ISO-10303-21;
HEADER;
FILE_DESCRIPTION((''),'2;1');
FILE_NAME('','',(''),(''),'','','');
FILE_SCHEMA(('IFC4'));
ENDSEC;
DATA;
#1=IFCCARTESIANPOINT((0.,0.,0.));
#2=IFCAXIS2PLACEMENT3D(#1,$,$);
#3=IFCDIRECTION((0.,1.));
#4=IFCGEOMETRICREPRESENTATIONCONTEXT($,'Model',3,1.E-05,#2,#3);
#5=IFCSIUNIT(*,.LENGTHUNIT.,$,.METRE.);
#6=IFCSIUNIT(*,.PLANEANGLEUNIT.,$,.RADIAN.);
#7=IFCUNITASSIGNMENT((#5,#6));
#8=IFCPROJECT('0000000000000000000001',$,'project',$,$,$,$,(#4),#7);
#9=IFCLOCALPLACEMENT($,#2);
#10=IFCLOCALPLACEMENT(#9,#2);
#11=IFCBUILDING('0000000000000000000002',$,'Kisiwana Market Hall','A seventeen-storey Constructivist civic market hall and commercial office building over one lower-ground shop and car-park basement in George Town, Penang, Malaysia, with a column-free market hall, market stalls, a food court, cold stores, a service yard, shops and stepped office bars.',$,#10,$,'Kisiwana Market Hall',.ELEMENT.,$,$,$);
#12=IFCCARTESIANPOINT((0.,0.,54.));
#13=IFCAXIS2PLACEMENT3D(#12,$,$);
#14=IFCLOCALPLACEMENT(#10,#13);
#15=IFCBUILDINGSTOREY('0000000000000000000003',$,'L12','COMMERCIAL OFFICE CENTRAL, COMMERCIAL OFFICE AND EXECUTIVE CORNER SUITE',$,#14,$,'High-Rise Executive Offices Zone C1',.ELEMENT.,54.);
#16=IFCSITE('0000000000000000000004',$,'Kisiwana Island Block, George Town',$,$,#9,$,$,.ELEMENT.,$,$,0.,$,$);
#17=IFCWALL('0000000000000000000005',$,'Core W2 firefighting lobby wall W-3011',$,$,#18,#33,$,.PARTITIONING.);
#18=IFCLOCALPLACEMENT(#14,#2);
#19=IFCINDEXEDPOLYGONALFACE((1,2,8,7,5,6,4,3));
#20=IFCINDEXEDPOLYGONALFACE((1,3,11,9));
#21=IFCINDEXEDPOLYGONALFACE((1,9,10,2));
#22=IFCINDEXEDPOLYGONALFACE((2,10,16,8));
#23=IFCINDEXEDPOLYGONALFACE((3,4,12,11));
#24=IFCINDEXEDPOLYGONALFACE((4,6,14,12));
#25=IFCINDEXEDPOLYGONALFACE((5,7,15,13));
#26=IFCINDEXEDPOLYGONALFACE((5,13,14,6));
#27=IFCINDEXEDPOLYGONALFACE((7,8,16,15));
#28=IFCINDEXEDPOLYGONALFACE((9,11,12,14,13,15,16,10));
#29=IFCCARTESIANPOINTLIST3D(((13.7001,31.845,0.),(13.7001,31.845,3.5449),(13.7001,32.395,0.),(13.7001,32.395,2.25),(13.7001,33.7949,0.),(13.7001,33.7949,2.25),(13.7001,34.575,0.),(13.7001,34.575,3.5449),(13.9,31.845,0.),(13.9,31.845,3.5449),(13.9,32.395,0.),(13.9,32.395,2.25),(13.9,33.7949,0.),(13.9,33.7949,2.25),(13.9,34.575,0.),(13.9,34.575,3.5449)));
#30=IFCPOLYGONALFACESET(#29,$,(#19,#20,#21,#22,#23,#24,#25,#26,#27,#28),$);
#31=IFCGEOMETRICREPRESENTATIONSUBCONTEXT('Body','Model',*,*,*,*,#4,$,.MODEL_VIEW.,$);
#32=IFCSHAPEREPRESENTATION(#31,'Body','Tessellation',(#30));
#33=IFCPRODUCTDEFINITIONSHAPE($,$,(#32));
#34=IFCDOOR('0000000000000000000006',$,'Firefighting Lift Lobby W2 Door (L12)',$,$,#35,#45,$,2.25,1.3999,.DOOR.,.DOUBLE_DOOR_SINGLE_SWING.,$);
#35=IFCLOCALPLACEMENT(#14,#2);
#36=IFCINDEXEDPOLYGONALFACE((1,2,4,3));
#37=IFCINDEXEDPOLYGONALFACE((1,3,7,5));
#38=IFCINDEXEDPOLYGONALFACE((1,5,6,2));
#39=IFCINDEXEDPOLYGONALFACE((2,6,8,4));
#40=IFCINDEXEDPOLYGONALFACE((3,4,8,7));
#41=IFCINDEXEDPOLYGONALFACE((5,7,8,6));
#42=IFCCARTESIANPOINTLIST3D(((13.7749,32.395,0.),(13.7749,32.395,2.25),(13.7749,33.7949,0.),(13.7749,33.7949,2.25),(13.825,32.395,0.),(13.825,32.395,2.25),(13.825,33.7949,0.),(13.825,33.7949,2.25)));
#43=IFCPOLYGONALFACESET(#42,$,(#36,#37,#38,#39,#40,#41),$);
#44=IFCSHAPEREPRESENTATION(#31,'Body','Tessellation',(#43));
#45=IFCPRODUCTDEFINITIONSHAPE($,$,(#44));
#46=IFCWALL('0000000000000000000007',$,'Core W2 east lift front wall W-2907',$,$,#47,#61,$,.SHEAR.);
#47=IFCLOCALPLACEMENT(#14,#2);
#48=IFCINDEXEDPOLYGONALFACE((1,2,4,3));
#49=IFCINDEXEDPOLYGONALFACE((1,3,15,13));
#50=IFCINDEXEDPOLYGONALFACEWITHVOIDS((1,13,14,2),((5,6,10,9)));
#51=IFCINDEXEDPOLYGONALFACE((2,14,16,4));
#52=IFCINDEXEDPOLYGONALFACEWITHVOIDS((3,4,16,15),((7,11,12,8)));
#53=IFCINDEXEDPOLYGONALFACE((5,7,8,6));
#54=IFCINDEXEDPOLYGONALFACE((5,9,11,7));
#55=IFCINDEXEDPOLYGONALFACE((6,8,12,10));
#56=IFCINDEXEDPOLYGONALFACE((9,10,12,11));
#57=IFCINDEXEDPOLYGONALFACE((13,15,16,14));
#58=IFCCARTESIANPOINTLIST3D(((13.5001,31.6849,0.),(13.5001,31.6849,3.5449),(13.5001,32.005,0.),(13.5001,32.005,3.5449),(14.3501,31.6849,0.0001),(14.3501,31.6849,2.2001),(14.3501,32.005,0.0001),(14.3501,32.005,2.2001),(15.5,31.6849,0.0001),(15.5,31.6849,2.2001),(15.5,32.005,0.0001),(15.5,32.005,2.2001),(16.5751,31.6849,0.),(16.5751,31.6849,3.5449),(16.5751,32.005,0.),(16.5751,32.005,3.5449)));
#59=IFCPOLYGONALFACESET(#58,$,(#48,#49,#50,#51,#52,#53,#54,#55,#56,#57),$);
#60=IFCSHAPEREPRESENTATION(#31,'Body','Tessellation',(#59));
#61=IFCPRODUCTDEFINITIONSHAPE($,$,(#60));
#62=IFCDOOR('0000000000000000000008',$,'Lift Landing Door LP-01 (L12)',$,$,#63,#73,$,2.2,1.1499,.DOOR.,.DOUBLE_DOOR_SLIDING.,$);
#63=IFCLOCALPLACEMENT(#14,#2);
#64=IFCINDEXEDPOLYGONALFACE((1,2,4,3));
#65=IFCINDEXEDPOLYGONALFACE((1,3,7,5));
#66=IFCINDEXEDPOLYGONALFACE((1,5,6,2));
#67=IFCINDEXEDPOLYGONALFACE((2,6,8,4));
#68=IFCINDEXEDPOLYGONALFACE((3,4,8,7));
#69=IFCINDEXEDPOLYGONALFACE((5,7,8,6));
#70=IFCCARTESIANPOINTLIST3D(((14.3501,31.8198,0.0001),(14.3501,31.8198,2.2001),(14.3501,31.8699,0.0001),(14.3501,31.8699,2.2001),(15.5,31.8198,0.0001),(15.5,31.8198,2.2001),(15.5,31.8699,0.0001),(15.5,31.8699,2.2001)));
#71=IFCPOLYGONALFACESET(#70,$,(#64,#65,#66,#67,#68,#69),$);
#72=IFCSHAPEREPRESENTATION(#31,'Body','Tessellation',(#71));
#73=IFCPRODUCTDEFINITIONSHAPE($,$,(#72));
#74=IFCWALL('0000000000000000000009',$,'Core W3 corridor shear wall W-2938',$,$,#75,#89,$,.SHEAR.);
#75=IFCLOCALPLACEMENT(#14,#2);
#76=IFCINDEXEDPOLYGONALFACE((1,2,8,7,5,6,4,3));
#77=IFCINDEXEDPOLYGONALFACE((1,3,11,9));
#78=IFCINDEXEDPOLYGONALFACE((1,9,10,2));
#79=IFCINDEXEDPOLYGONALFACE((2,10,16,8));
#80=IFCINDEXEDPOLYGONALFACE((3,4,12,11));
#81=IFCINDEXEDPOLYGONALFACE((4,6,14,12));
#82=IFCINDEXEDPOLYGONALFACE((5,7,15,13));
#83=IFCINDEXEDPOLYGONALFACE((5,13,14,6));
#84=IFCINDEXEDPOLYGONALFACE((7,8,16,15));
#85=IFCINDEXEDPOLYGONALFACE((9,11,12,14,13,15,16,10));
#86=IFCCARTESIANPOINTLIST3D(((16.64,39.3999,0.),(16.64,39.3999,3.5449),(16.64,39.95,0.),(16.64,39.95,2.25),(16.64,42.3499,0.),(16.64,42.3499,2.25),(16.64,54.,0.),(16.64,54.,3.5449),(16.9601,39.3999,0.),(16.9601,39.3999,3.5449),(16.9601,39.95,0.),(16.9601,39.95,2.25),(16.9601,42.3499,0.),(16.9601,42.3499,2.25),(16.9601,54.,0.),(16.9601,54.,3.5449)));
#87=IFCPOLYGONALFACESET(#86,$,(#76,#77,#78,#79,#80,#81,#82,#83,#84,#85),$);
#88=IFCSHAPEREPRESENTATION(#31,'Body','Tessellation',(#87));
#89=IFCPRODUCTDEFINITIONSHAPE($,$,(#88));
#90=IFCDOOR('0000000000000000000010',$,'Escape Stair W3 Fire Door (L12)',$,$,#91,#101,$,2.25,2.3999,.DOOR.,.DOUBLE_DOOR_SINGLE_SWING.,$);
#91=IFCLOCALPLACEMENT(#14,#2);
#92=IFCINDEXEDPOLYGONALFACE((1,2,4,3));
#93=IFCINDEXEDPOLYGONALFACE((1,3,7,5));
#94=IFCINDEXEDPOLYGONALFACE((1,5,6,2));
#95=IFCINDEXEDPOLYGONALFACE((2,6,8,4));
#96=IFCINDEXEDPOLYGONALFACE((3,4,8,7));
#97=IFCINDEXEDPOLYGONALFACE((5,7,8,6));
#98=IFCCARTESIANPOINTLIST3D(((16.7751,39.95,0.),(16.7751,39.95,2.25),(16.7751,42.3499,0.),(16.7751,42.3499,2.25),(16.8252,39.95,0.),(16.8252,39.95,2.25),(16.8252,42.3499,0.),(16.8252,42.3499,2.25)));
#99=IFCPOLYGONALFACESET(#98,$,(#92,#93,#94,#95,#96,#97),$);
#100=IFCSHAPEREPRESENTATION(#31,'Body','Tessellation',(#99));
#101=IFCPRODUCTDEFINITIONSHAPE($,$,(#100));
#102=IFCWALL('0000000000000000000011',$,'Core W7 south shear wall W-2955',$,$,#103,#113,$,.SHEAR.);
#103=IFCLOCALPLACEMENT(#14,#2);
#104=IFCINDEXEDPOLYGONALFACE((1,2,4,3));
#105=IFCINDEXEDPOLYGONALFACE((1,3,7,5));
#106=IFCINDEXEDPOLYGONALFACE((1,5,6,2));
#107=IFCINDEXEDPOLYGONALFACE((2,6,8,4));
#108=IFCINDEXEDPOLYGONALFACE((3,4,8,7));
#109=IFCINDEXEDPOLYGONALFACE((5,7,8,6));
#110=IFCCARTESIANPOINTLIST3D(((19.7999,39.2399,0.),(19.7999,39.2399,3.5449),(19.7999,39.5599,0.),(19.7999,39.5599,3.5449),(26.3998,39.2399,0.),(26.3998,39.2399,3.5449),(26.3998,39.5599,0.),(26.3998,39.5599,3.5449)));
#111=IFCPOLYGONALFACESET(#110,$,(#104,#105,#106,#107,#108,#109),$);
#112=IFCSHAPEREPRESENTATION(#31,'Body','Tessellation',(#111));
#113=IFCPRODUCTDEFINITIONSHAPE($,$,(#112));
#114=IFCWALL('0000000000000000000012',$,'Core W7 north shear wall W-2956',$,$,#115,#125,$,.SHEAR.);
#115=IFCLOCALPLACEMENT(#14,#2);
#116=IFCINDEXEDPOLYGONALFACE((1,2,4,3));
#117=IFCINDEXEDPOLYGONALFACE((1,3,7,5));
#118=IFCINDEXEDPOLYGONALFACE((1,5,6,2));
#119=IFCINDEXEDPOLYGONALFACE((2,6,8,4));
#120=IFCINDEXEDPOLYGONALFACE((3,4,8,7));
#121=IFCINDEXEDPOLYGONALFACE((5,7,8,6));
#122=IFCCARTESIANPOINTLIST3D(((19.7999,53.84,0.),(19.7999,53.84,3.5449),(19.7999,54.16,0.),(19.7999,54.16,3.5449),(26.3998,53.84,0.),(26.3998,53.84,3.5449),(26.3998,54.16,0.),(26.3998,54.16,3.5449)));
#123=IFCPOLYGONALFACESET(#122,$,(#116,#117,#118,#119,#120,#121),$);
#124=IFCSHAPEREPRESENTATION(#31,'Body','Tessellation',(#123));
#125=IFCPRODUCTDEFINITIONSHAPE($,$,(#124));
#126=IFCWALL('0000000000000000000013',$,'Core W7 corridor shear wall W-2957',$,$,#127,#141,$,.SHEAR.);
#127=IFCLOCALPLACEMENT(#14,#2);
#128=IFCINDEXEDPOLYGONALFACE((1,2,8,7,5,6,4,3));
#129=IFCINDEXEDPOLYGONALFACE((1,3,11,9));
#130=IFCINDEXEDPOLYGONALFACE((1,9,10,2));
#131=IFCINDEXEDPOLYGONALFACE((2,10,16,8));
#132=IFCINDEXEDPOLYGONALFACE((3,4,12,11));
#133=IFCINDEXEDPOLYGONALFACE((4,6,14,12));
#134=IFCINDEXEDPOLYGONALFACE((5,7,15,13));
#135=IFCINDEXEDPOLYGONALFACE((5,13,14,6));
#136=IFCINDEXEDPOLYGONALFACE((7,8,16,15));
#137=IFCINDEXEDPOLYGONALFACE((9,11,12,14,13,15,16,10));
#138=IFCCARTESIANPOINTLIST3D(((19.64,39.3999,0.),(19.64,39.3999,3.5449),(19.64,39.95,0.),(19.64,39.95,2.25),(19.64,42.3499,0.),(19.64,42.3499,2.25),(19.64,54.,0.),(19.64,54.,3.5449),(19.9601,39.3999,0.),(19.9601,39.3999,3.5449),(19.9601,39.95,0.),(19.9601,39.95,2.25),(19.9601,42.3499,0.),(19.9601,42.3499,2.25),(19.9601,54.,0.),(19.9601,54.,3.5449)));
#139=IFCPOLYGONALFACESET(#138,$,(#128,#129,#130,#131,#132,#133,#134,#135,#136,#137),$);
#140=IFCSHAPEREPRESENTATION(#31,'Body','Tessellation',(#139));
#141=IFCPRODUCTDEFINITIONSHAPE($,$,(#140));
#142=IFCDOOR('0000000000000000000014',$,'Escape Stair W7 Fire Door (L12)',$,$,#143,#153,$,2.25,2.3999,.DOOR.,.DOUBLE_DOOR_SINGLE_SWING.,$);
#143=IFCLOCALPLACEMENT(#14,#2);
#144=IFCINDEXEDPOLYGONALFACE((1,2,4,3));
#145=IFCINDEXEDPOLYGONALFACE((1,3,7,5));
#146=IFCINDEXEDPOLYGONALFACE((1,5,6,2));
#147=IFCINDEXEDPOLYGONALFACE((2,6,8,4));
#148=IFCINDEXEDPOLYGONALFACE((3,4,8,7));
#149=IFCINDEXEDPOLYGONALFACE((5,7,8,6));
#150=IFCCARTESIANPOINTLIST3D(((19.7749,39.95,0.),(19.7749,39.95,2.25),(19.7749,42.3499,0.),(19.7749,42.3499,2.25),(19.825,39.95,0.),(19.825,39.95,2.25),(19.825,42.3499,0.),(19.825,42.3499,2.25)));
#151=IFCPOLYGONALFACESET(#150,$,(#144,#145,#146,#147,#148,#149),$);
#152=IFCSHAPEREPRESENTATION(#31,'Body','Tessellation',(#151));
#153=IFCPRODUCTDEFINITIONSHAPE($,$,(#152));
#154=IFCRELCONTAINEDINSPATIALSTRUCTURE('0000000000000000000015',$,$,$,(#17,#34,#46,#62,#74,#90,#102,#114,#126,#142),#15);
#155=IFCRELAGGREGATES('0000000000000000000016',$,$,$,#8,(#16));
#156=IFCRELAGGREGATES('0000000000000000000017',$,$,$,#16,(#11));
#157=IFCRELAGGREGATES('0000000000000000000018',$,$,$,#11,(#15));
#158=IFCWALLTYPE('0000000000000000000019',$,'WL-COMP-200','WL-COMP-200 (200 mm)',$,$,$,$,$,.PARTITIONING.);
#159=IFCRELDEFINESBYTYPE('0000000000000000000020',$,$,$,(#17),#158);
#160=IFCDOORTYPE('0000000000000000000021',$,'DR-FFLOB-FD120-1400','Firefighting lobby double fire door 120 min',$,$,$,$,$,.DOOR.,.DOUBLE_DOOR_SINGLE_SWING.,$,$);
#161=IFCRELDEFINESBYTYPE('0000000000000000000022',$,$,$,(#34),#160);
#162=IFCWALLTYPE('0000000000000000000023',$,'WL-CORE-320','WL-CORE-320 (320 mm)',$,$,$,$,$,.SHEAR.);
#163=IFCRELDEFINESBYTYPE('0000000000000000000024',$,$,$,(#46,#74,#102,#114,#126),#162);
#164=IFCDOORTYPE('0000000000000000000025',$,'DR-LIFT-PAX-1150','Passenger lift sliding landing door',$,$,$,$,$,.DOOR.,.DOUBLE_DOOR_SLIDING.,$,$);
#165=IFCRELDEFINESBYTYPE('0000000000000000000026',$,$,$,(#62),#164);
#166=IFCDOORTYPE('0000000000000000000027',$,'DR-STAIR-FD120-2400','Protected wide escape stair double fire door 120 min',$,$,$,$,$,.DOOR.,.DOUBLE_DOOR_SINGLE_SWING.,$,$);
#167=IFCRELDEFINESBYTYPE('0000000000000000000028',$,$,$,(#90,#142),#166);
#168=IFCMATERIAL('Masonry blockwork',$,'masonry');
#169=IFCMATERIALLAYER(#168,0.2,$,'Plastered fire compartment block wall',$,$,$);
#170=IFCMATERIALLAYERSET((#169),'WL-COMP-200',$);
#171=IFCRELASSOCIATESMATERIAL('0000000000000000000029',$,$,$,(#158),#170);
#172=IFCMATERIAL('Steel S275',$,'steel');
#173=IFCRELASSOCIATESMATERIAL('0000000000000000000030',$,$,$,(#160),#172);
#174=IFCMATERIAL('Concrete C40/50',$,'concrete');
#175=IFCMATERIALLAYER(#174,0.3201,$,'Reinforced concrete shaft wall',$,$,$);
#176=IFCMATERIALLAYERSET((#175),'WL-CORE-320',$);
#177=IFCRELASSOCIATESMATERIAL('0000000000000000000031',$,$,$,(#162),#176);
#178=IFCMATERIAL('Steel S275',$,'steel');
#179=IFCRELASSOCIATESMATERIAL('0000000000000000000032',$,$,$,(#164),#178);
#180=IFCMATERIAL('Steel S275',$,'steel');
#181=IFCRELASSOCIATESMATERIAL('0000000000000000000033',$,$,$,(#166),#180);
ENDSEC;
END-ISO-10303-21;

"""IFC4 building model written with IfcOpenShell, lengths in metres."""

from ifc_helpers import new_model, si_unit, direction, frame, frame_2d, origin, place, context, subcontext, project, spatial, rectangle, extrude, material, layer, layer_set, type_object, element, fill, save


model = new_model("IFC4")

# Units and contexts
model_context = context("Model", 3, precision=1e-05, world=origin(), true_north=direction((0.0, 1.0)))
body_context = subcontext(model_context, "Body", "Model", "MODEL_VIEW")
ifc_project = project(units=[si_unit("LENGTHUNIT", "METRE"), si_unit("PLANEANGLEUNIT", "RADIAN")], contexts=[model_context])

# Site, building, storey
site_placement = place(None, origin())
site = spatial("IfcSite", under=ifc_project, at=site_placement, Name="Kisiwana Island Block, George Town", CompositionType="ELEMENT", RefElevation=0.0)
building_placement = place(site_placement, origin())
building = spatial("IfcBuilding", under=site, at=building_placement, Name="Kisiwana Market Hall", Description="A seventeen-storey Constructivist civic market hall and commercial office building over one lower-ground shop and car-park basement in George Town, Penang, Malaysia, with a column-free market hall, market stalls, a food court, cold stores, a service yard, shops and stepped office bars.", LongName="Kisiwana Market Hall", CompositionType="ELEMENT")
storey_placement = place(building_placement, frame((0.0, 0.0, 54.0)))
storey = spatial("IfcBuildingStorey", under=building, at=storey_placement, Name="L12", Description="COMMERCIAL OFFICE CENTRAL, COMMERCIAL OFFICE AND EXECUTIVE CORNER SUITE", LongName="High-Rise Executive Offices Zone C1", CompositionType="ELEMENT", Elevation=54.0)

# Walls, openings, doors
ifc_material_1 = material(Name="Masonry blockwork", Category="masonry")
ifc_layer_1 = layer(ifc_material_1, 0.2, Name="Plastered fire compartment block wall")
ifc_layer_set_1 = layer_set([ifc_layer_1], Name="WL-COMP-200")
wall_type_1 = type_object("IfcWallType", Name="WL-COMP-200", Description="WL-COMP-200 (200 mm)", PredefinedType="PARTITIONING", material=ifc_layer_set_1)
wall_1_placement = place(storey_placement, frame((13.8, 31.845, 0.0), z_axis=(0.0, 0.0, 1.0), x_axis=(0.0, 1.0, 0.0)))
wall_1 = element("IfcWall", 1, at=wall_1_placement, inside=storey, type_object=wall_type_1, Name="Core W2 firefighting lobby wall W-3011", PredefinedType="PARTITIONING", context=body_context, shape_type="SweptSolid", body=[
    extrude(rectangle(XDim=2.73, YDim=0.2, at=frame_2d((1.365, 0.0))), origin(), (0.0, 0.0, 1.0), 3.5449),
])
opening_1_placement = place(wall_1_placement, frame((0.55, 0.0, 0.0)))
opening_1 = element("IfcOpeningElement", 2, at=opening_1_placement, cuts=wall_1, PredefinedType="OPENING", context=body_context, shape_type="SweptSolid", body=[
    extrude(rectangle(XDim=1.3999, YDim=2.25, at=frame_2d((0.7, 1.125))), frame((0.0, 0.1118, 0.0), z_axis=(0.0, -1.0, 0.0), x_axis=(1.0, 0.0, 0.0)), (0.0, 0.0, 1.0), 0.2239),
])
ifc_material_2 = material(Name="Steel S275", Category="steel")
door_type_1 = type_object("IfcDoorType", Name="DR-FFLOB-FD120-1400", Description="Firefighting lobby double fire door 120 min", OperationType="DOUBLE_DOOR_SINGLE_SWING", PredefinedType="DOOR", material=ifc_material_2)
door_1_placement = place(opening_1_placement, frame((1.3999, 0.0, 0.0), z_axis=(0.0, 0.0, 1.0), x_axis=(-1.0, 0.0, 0.0)))
door_1 = element("IfcDoor", 3, at=door_1_placement, inside=storey, type_object=door_type_1, Name="Firefighting Lift Lobby W2 Door (L12)", OperationType="DOUBLE_DOOR_SINGLE_SWING", OverallHeight=2.25, OverallWidth=1.3999, PredefinedType="DOOR", context=body_context, shape_type="SweptSolid", body=[
    extrude(rectangle(XDim=1.3999, YDim=2.25, at=frame_2d((0.7, 1.125))), frame((0.0, 0.0249, 0.0), z_axis=(0.0, -1.0, 0.0), x_axis=(1.0, 0.0, 0.0)), (0.0, 0.0, 1.0), 0.05),
])
fill(opening_1, door_1)
ifc_material_3 = material(Name="Concrete C40/50", Category="concrete")
ifc_layer_2 = layer(ifc_material_3, 0.3201, Name="Reinforced concrete shaft wall")
ifc_layer_set_2 = layer_set([ifc_layer_2], Name="WL-CORE-320")
wall_type_2 = type_object("IfcWallType", Name="WL-CORE-320", Description="WL-CORE-320 (320 mm)", PredefinedType="SHEAR", material=ifc_layer_set_2)
wall_2_placement = place(storey_placement, frame((13.5, 31.845, 0.0), z_axis=(0.0, 0.0, 1.0), x_axis=(1.0, 0.0, 0.0)))
wall_2 = element("IfcWall", 4, at=wall_2_placement, inside=storey, type_object=wall_type_2, Name="Core W2 east lift front wall W-2907", PredefinedType="SHEAR", context=body_context, shape_type="SweptSolid", body=[
    extrude(rectangle(XDim=3.075, YDim=0.3201, at=frame_2d((1.5376, 0.0))), origin(), (0.0, 0.0, 1.0), 3.5449),
])
opening_2_placement = place(wall_2_placement, frame((0.8501, 0.0, 0.0)))
opening_2 = element("IfcOpeningElement", 5, at=opening_2_placement, cuts=wall_2, PredefinedType="OPENING", context=body_context, shape_type="SweptSolid", body=[
    extrude(rectangle(XDim=1.1499, YDim=2.2, at=frame_2d((0.575, 1.1001))), frame((0.0, 0.1719, 0.0), z_axis=(0.0, -1.0, 0.0), x_axis=(1.0, 0.0, 0.0)), (0.0, 0.0, 1.0), 0.344),
])
ifc_material_4 = material(Name="Steel S275", Category="steel")
door_type_2 = type_object("IfcDoorType", Name="DR-LIFT-PAX-1150", Description="Passenger lift sliding landing door", OperationType="DOUBLE_DOOR_SLIDING", PredefinedType="DOOR", material=ifc_material_4)
door_2_placement = place(opening_2_placement, origin())
door_2 = element("IfcDoor", 6, at=door_2_placement, inside=storey, type_object=door_type_2, Name="Lift Landing Door LP-01 (L12)", OperationType="DOUBLE_DOOR_SLIDING", OverallHeight=2.2, OverallWidth=1.1499, PredefinedType="DOOR", context=body_context, shape_type="SweptSolid", body=[
    extrude(rectangle(XDim=1.1499, YDim=2.2, at=frame_2d((0.575, 1.1001))), frame((0.0, 0.0249, 0.0), z_axis=(0.0, -1.0, 0.0), x_axis=(1.0, 0.0, 0.0)), (0.0, 0.0, 1.0), 0.05),
])
fill(opening_2, door_2)
wall_3_placement = place(storey_placement, frame((16.8, 39.3999, 0.0), z_axis=(0.0, 0.0, 1.0), x_axis=(0.0, 1.0, 0.0)))
wall_3 = element("IfcWall", 7, at=wall_3_placement, inside=storey, type_object=wall_type_2, Name="Core W3 corridor shear wall W-2938", PredefinedType="SHEAR", context=body_context, shape_type="SweptSolid", body=[
    extrude(rectangle(XDim=14.6001, YDim=0.3201, at=frame_2d((7.3, 0.0))), origin(), (0.0, 0.0, 1.0), 3.5449),
])
opening_3_placement = place(wall_3_placement, frame((0.55, 0.0, 0.0)))
opening_3 = element("IfcOpeningElement", 8, at=opening_3_placement, cuts=wall_3, PredefinedType="OPENING", context=body_context, shape_type="SweptSolid", body=[
    extrude(rectangle(XDim=2.3999, YDim=2.25, at=frame_2d((1.2, 1.125))), frame((0.0, 0.1719, 0.0), z_axis=(0.0, -1.0, 0.0), x_axis=(1.0, 0.0, 0.0)), (0.0, 0.0, 1.0), 0.344),
])
ifc_material_5 = material(Name="Steel S275", Category="steel")
door_type_3 = type_object("IfcDoorType", Name="DR-STAIR-FD120-2400", Description="Protected wide escape stair double fire door 120 min", OperationType="DOUBLE_DOOR_SINGLE_SWING", PredefinedType="DOOR", material=ifc_material_5)
door_3_placement = place(opening_3_placement, origin())
door_3 = element("IfcDoor", 9, at=door_3_placement, inside=storey, type_object=door_type_3, Name="Escape Stair W3 Fire Door (L12)", OperationType="DOUBLE_DOOR_SINGLE_SWING", OverallHeight=2.25, OverallWidth=2.3999, PredefinedType="DOOR", context=body_context, shape_type="SweptSolid", body=[
    extrude(rectangle(XDim=2.3999, YDim=2.25, at=frame_2d((1.2, 1.125))), frame((0.0, 0.0249, 0.0), z_axis=(0.0, -1.0, 0.0), x_axis=(1.0, 0.0, 0.0)), (0.0, 0.0, 1.0), 0.05),
])
fill(opening_3, door_3)

# Walls
for number, where, z_axis, x_axis, name in (
    (10, (19.8, 39.3999, 0.0), (0.0, 0.0, 1.0), (1.0, 0.0, 0.0), "Core W7 south shear wall W-2955"),
    (11, (19.8, 54.0, 0.0), (0.0, 0.0, 1.0), (1.0, 0.0, 0.0), "Core W7 north shear wall W-2956"),
):
    element("IfcWall", number, at=place(storey_placement, frame(where, z_axis=z_axis, x_axis=x_axis)), inside=storey, type_object=wall_type_2, Name=name, PredefinedType="SHEAR", context=body_context, shape_type="SweptSolid", body=[
        extrude(rectangle(XDim=6.5999, YDim=0.3201, at=frame_2d((3.2998, 0.0))), origin(), (0.0, 0.0, 1.0), 3.5449),
    ])

# Wall, opening, door
wall_4_placement = place(storey_placement, frame((19.8, 39.3999, 0.0), z_axis=(0.0, 0.0, 1.0), x_axis=(0.0, 1.0, 0.0)))
wall_4 = element("IfcWall", 12, at=wall_4_placement, inside=storey, type_object=wall_type_2, Name="Core W7 corridor shear wall W-2957", PredefinedType="SHEAR", context=body_context, shape_type="SweptSolid", body=[
    extrude(rectangle(XDim=14.6001, YDim=0.3201, at=frame_2d((7.3, 0.0))), origin(), (0.0, 0.0, 1.0), 3.5449),
])
opening_4_placement = place(wall_4_placement, frame((0.55, 0.0, 0.0)))
opening_4 = element("IfcOpeningElement", 13, at=opening_4_placement, cuts=wall_4, PredefinedType="OPENING", context=body_context, shape_type="SweptSolid", body=[
    extrude(rectangle(XDim=2.3999, YDim=2.25, at=frame_2d((1.2, 1.125))), frame((0.0, 0.1719, 0.0), z_axis=(0.0, -1.0, 0.0), x_axis=(1.0, 0.0, 0.0)), (0.0, 0.0, 1.0), 0.344),
])
door_4_placement = place(opening_4_placement, frame((2.3999, 0.0, 0.0), z_axis=(0.0, 0.0, 1.0), x_axis=(-1.0, 0.0, 0.0)))
door_4 = element("IfcDoor", 14, at=door_4_placement, inside=storey, type_object=door_type_3, Name="Escape Stair W7 Fire Door (L12)", OperationType="DOUBLE_DOOR_SINGLE_SWING", OverallHeight=2.25, OverallWidth=2.3999, PredefinedType="DOOR", context=body_context, shape_type="SweptSolid", body=[
    extrude(rectangle(XDim=2.3999, YDim=2.25, at=frame_2d((1.2, 1.125))), frame((0.0, 0.0249, 0.0), z_axis=(0.0, -1.0, 0.0), x_axis=(1.0, 0.0, 0.0)), (0.0, 0.0, 1.0), 0.05),
])
fill(opening_4, door_4)

save(model, "model.ifc")
